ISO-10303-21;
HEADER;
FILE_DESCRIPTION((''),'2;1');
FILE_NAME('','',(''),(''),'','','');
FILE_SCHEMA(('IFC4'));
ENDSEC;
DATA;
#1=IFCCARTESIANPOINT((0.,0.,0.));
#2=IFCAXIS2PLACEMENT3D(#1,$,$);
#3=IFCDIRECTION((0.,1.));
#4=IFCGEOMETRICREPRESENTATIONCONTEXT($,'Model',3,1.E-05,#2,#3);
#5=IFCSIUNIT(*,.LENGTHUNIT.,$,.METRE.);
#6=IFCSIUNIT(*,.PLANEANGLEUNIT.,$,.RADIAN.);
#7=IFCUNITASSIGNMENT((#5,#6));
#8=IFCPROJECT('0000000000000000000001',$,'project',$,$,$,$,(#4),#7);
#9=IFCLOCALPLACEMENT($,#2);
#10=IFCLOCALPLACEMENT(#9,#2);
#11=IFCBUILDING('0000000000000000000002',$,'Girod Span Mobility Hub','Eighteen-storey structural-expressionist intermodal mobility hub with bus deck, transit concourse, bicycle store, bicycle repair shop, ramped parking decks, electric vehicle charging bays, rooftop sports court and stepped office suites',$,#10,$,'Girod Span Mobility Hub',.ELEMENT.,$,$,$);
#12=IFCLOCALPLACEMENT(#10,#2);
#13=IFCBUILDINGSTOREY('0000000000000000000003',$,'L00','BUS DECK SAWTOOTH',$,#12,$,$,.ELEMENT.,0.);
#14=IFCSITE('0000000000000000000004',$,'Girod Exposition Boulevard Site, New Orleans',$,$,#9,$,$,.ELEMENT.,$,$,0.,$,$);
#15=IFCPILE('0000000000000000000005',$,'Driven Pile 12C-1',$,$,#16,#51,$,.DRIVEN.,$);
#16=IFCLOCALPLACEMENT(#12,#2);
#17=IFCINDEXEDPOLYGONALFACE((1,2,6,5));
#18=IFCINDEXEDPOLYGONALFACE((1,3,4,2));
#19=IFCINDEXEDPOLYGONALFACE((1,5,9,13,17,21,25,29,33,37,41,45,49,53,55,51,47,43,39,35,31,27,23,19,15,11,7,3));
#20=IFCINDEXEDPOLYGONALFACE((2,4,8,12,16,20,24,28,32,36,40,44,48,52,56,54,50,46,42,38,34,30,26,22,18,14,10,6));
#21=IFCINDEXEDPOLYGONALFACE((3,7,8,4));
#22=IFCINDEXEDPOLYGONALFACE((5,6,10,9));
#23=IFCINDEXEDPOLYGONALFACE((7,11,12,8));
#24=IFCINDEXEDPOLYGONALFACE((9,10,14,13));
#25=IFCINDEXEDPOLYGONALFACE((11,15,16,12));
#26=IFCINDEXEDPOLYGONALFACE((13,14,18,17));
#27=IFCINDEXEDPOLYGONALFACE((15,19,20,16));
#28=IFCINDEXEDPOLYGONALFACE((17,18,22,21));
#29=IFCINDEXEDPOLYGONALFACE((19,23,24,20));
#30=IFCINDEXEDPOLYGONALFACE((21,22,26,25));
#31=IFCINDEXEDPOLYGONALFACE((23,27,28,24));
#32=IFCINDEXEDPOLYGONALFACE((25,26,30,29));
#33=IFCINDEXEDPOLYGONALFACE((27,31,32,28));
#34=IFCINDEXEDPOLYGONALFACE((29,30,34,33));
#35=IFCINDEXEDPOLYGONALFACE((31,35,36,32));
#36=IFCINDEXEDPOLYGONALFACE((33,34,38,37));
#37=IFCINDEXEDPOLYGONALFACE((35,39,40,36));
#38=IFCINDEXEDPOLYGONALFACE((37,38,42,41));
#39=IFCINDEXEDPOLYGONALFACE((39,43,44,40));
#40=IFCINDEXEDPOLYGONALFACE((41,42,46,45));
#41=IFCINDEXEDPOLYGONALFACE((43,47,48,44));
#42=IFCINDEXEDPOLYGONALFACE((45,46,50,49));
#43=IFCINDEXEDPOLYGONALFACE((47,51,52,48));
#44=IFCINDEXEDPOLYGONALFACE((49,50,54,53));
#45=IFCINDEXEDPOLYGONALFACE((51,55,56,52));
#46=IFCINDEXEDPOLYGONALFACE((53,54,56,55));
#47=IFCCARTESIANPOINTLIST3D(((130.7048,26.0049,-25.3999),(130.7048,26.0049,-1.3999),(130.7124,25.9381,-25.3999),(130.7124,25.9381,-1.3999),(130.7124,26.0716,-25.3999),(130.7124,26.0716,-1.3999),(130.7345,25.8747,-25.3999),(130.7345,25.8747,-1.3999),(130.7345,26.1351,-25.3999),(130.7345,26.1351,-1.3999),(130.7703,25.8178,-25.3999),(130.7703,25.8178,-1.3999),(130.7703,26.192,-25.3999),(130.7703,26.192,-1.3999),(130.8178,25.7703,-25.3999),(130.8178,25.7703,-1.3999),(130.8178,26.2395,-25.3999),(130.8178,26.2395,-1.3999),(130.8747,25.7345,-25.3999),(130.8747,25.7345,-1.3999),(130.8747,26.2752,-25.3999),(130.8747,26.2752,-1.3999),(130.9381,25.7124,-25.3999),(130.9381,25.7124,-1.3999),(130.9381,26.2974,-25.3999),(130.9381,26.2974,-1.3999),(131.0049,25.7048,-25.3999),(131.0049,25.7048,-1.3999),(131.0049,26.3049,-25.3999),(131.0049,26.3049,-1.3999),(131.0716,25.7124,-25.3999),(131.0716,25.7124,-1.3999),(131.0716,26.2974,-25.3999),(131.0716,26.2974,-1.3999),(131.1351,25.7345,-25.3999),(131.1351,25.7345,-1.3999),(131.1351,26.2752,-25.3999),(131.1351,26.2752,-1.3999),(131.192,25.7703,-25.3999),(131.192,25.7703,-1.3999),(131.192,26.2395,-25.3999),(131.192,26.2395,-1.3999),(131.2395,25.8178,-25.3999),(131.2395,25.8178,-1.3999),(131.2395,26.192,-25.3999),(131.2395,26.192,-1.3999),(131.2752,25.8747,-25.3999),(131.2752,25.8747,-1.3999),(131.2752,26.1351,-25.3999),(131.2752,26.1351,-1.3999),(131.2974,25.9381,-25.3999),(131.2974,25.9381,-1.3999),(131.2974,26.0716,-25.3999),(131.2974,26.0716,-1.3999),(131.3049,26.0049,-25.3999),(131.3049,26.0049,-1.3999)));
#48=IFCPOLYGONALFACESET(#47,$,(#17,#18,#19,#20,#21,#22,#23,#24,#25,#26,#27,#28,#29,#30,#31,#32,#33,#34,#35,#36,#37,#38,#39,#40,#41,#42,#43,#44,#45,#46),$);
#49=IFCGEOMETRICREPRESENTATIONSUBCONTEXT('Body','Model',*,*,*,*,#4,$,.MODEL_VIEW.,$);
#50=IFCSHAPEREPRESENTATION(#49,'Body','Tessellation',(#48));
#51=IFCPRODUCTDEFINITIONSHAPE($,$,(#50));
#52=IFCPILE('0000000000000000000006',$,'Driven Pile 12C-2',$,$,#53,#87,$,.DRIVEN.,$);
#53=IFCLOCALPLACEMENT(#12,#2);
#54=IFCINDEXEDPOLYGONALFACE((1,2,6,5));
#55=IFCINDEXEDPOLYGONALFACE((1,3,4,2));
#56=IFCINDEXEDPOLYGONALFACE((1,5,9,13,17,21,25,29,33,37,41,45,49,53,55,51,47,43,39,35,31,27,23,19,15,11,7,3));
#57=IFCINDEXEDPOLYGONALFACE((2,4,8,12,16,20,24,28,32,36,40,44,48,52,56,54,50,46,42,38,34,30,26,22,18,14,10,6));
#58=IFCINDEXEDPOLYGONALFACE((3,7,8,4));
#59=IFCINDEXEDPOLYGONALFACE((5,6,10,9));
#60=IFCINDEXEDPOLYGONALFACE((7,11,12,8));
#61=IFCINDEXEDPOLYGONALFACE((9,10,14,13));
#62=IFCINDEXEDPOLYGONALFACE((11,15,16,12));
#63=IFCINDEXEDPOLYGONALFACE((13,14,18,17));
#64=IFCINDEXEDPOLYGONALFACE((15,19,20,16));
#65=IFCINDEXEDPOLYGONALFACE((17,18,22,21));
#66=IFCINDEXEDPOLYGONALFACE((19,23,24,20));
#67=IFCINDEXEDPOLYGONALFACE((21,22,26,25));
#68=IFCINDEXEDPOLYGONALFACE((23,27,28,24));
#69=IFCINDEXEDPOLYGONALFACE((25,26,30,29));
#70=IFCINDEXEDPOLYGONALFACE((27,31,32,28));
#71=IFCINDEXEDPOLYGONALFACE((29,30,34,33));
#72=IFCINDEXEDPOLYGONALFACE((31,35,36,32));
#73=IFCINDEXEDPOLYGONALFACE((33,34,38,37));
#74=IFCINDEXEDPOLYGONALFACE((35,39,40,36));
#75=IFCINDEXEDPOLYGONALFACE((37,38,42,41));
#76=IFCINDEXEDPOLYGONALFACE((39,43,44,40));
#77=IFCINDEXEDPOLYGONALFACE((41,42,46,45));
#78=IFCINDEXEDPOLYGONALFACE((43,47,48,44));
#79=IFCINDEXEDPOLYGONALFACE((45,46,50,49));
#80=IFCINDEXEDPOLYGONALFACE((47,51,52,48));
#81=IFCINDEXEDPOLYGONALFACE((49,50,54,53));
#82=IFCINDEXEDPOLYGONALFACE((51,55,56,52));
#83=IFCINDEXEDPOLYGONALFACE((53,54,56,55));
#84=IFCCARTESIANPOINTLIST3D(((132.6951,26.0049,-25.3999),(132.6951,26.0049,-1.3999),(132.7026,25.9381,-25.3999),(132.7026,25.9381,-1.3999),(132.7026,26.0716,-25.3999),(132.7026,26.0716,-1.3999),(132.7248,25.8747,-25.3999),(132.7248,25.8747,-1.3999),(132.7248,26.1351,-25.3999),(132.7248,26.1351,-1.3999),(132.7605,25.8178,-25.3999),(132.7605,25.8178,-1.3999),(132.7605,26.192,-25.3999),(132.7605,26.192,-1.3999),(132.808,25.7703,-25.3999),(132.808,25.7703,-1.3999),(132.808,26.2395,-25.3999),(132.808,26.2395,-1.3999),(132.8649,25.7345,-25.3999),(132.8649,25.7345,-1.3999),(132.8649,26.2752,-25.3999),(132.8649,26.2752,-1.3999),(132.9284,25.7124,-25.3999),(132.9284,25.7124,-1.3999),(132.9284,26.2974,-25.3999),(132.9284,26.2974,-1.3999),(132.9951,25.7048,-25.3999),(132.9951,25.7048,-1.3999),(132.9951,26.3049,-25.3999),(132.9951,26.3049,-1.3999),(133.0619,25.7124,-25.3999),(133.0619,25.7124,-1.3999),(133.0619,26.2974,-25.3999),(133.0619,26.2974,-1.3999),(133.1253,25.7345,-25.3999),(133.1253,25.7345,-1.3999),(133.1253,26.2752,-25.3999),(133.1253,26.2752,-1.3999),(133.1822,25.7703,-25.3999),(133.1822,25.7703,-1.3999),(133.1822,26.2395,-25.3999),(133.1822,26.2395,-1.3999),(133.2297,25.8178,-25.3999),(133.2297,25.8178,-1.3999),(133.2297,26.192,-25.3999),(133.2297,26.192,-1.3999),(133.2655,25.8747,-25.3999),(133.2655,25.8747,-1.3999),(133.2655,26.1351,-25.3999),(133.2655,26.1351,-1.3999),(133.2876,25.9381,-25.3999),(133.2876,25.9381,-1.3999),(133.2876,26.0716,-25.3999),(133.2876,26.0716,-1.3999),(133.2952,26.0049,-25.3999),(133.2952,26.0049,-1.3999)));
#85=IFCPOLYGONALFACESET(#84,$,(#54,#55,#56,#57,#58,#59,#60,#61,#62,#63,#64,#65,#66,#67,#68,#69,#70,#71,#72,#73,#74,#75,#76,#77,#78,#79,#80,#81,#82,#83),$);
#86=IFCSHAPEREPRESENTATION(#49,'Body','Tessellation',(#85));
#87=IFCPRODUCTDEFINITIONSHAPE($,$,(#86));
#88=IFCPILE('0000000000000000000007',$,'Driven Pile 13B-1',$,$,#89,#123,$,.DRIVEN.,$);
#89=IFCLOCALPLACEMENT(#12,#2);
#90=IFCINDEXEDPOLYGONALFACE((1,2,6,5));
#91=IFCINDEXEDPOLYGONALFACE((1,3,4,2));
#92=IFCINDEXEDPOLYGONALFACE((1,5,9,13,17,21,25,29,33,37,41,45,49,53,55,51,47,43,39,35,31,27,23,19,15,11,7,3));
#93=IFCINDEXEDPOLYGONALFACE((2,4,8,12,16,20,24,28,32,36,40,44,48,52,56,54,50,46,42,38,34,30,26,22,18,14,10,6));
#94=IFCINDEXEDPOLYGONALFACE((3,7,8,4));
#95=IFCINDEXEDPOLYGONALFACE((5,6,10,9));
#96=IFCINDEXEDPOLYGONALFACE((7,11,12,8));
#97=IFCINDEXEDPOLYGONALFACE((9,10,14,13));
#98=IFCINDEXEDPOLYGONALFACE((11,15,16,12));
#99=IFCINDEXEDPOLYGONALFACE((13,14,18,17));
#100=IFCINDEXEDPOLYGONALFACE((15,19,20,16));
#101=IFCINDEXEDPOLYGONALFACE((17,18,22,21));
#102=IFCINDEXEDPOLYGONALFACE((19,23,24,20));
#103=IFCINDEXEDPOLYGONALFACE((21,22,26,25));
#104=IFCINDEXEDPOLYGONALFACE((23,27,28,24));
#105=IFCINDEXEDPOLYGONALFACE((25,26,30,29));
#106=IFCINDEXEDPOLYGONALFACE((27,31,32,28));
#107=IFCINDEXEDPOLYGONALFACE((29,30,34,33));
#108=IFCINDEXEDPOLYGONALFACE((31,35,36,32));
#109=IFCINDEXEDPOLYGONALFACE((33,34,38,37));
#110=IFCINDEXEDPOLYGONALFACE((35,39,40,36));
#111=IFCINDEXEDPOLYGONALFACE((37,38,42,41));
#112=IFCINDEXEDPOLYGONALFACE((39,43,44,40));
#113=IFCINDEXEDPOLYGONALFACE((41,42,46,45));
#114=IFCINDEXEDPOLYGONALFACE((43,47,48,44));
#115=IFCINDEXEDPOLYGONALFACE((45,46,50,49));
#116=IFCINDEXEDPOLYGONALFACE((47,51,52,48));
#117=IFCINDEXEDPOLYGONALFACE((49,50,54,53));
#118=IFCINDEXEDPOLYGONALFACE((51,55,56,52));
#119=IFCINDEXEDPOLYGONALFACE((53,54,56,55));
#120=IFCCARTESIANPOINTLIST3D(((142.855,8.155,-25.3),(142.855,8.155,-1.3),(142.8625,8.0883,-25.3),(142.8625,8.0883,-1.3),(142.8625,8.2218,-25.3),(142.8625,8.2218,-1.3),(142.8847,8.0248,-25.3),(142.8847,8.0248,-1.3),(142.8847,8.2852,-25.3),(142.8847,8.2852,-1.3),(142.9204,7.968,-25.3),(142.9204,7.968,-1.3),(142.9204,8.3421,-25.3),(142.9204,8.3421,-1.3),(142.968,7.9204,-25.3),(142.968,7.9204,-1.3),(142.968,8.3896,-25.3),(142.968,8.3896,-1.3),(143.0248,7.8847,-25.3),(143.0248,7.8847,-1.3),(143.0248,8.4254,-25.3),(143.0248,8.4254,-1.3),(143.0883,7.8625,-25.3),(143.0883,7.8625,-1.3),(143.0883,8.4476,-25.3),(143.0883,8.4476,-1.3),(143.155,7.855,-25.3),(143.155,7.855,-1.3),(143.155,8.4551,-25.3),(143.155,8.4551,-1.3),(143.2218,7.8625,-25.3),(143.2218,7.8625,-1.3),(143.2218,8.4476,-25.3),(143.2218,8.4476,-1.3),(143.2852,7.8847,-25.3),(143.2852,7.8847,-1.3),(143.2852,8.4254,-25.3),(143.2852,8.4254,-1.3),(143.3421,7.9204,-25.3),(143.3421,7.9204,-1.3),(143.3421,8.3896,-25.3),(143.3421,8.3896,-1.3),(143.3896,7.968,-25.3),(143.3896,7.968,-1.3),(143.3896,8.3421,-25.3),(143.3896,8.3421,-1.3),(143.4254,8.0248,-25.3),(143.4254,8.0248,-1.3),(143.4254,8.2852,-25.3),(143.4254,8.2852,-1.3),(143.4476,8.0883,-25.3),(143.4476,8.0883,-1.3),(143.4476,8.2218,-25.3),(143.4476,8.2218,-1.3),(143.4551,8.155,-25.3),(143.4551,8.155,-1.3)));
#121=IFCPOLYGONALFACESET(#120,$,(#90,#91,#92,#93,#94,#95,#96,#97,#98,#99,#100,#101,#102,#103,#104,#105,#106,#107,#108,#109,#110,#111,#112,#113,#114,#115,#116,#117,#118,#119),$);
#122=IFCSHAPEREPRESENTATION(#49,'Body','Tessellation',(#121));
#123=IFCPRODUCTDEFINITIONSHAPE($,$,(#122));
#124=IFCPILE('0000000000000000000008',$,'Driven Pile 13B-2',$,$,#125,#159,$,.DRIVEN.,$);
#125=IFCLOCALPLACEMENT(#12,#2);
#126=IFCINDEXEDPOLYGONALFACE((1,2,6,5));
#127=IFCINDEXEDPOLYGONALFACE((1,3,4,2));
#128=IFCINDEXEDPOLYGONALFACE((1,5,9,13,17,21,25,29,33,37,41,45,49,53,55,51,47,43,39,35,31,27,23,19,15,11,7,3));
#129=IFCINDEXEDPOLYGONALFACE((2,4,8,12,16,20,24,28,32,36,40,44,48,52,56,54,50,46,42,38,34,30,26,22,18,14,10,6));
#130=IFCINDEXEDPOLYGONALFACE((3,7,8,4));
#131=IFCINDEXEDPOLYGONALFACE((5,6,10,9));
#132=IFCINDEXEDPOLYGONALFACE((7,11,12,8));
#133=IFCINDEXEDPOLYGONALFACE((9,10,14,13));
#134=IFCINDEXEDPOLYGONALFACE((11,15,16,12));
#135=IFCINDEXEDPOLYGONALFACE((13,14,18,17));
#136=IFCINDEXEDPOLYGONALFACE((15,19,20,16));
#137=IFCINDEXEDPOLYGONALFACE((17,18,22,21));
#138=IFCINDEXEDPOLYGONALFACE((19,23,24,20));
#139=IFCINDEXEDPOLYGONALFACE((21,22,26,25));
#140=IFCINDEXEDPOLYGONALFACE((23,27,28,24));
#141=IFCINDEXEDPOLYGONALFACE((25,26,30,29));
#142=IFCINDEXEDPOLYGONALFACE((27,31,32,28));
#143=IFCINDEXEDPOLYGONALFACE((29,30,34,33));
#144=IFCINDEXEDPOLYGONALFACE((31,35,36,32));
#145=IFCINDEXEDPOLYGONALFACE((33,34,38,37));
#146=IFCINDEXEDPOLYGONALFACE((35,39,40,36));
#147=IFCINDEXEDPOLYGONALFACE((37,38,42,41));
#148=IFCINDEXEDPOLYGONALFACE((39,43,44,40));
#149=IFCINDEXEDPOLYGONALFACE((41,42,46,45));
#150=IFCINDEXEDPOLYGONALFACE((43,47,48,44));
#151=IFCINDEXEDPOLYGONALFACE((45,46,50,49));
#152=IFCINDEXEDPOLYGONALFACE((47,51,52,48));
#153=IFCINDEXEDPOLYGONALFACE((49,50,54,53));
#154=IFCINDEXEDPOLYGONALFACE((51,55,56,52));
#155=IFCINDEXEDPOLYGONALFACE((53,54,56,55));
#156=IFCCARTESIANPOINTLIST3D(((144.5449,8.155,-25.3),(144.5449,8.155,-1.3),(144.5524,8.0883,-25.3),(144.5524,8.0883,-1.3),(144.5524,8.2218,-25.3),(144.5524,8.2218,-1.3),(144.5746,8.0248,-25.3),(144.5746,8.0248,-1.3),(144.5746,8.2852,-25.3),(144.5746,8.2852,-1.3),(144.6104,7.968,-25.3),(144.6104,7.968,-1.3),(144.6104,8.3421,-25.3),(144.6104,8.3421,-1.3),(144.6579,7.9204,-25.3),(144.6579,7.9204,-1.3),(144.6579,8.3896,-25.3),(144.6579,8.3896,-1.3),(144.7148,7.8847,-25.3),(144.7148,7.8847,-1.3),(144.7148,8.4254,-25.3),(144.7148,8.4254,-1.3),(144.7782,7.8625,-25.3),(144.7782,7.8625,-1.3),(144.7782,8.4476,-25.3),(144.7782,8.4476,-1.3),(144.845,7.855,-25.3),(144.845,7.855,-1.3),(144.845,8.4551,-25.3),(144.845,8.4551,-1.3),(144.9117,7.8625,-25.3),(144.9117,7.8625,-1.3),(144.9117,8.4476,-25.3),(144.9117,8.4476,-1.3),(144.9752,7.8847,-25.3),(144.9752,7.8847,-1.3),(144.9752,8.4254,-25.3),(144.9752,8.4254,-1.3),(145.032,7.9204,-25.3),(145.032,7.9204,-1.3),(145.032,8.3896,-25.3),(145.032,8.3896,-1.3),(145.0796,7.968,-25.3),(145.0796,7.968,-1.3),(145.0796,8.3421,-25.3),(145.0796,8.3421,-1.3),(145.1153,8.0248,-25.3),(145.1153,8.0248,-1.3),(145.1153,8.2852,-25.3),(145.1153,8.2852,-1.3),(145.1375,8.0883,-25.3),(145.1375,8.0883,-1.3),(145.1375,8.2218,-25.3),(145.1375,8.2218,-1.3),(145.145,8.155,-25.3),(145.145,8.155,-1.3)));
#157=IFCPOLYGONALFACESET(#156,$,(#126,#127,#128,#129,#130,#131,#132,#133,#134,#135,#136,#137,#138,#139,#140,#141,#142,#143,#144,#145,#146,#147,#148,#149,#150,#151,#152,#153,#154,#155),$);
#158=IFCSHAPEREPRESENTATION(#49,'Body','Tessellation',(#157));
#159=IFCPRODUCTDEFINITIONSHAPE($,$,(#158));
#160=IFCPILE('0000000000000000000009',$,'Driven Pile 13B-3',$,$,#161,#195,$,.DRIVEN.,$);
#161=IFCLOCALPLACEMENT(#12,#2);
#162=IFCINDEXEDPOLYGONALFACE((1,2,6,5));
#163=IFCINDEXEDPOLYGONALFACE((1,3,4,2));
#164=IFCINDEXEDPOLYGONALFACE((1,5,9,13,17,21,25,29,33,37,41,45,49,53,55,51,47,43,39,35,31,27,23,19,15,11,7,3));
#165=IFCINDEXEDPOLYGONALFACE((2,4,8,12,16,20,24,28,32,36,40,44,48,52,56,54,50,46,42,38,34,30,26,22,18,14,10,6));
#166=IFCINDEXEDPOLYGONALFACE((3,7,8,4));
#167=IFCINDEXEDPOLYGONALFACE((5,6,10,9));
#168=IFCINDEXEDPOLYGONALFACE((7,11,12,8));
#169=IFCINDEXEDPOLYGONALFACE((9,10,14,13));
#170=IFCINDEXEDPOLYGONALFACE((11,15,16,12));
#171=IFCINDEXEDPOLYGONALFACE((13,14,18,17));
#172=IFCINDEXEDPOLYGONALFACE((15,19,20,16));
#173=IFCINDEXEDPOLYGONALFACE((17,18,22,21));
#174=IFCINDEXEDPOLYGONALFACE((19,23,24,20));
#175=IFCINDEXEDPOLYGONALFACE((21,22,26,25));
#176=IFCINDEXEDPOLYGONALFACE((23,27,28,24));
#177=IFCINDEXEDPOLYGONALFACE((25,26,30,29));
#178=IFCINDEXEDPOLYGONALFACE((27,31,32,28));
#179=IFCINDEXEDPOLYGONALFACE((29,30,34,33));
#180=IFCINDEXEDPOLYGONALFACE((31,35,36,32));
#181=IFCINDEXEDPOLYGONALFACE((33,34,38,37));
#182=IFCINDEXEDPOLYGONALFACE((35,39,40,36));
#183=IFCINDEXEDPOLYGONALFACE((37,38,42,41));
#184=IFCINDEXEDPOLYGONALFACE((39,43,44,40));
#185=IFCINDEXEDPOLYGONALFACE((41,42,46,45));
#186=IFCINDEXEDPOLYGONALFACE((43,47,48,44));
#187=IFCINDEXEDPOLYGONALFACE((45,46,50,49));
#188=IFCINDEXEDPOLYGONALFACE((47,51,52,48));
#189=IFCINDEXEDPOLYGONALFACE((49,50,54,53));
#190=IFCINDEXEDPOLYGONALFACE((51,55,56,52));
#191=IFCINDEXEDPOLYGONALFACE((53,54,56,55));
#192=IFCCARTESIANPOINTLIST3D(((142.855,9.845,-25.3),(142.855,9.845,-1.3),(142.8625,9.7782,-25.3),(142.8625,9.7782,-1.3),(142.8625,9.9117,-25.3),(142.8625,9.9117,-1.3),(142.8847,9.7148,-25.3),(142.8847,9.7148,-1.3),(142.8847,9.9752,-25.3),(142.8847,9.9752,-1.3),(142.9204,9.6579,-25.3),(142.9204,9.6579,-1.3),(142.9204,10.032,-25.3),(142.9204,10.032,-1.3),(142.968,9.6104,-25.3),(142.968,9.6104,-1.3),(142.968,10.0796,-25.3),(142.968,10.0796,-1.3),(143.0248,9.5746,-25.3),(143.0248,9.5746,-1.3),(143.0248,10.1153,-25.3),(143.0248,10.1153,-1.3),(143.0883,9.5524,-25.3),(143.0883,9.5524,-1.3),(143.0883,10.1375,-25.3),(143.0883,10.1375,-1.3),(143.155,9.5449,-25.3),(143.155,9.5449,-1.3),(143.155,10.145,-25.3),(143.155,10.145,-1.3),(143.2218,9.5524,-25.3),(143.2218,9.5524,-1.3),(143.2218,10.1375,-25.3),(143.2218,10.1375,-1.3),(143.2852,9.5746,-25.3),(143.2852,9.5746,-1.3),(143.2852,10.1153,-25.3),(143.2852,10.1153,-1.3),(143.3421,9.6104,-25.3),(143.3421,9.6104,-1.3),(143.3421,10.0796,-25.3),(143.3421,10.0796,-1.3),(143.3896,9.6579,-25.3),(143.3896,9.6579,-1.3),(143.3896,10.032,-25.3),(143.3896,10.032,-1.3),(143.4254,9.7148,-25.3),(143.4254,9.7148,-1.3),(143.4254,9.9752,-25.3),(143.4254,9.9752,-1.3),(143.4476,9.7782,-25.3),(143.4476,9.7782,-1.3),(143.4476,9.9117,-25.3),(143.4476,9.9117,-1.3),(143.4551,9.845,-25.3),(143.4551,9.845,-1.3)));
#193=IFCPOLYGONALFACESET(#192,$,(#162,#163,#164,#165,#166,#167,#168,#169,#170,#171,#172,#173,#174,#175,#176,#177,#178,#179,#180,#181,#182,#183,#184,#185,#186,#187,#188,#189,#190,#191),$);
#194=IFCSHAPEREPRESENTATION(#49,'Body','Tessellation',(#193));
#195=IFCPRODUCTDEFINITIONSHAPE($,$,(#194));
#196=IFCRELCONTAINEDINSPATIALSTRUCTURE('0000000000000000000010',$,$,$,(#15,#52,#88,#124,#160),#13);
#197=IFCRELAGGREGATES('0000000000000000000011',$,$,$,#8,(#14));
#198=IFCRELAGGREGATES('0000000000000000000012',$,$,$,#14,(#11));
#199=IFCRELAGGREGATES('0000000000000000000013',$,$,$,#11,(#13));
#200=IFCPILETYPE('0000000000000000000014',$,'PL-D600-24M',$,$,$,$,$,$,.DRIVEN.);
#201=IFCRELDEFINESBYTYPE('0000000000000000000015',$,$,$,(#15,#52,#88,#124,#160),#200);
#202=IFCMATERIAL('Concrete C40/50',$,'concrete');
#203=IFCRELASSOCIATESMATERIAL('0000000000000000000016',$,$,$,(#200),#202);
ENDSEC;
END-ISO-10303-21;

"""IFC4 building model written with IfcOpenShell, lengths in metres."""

from ifc_helpers import new_model, si_unit, direction, frame, origin, origin_2d, place, context, subcontext, project, spatial, circle, extrude, material, material_profile, profile_set, type_object, element, save


model = new_model("IFC4")

# Units and contexts
model_context = context("Model", 3, precision=1e-05, world=origin(), true_north=direction((0.0, 1.0)))
body_context = subcontext(model_context, "Body", "Model", "MODEL_VIEW")
ifc_project = project(units=[si_unit("LENGTHUNIT", "METRE"), si_unit("PLANEANGLEUNIT", "RADIAN")], contexts=[model_context])

# Site, building, storey
site_placement = place(None, origin())
site = spatial("IfcSite", under=ifc_project, at=site_placement, Name="Girod Exposition Boulevard Site, New Orleans", CompositionType="ELEMENT", RefElevation=0.0)
building_placement = place(site_placement, origin())
building = spatial("IfcBuilding", under=site, at=building_placement, Name="Girod Span Mobility Hub", Description="Eighteen-storey structural-expressionist intermodal mobility hub with bus deck, transit concourse, bicycle store, bicycle repair shop, ramped parking decks, electric vehicle charging bays, rooftop sports court and stepped office suites", LongName="Girod Span Mobility Hub", CompositionType="ELEMENT")
storey_placement = place(building_placement, origin())
storey = spatial("IfcBuildingStorey", under=building, at=storey_placement, Name="L00", Description="BUS DECK SAWTOOTH", CompositionType="ELEMENT", Elevation=0.0)

# Piles
ifc_material_1 = material(Name="Concrete C40/50", Category="concrete")
ifc_material_profile_1 = material_profile(ifc_material_1, circle(Radius=0.3, at=origin_2d()), Name="PILE-D600")
ifc_profile_set_1 = profile_set([ifc_material_profile_1], Name="Concrete C40/50")
pile_type = type_object("IfcPileType", Name="PL-D600-24M", PredefinedType="DRIVEN", material=ifc_profile_set_1)
for number, where, z_axis, x_axis, name in (
    (1, (131.0049, 26.0049, -1.3999), (0.0, 0.0, -1.0), (1.0, 0.0, 0.0), "Driven Pile 12C-1"),
    (2, (132.9951, 26.0049, -1.3999), (0.0, 0.0, -1.0), (1.0, 0.0, 0.0), "Driven Pile 12C-2"),
    (3, (143.155, 8.155, -1.3), (0.0, 0.0, -1.0), (1.0, 0.0, 0.0), "Driven Pile 13B-1"),
    (4, (144.845, 8.155, -1.3), (0.0, 0.0, -1.0), (1.0, 0.0, 0.0), "Driven Pile 13B-2"),
    (5, (143.155, 9.845, -1.3), (0.0, 0.0, -1.0), (1.0, 0.0, 0.0), "Driven Pile 13B-3"),
):
    element("IfcPile", number, at=place(storey_placement, frame(where, z_axis=z_axis, x_axis=x_axis)), inside=storey, type_object=pile_type, Name=name, PredefinedType="DRIVEN", context=body_context, shape_type="SweptSolid", body=[
        extrude(circle(Radius=0.3, at=origin_2d()), origin(), (0.0, 0.0, 1.0), 24.0),
    ])

save(model, "model.ifc")
